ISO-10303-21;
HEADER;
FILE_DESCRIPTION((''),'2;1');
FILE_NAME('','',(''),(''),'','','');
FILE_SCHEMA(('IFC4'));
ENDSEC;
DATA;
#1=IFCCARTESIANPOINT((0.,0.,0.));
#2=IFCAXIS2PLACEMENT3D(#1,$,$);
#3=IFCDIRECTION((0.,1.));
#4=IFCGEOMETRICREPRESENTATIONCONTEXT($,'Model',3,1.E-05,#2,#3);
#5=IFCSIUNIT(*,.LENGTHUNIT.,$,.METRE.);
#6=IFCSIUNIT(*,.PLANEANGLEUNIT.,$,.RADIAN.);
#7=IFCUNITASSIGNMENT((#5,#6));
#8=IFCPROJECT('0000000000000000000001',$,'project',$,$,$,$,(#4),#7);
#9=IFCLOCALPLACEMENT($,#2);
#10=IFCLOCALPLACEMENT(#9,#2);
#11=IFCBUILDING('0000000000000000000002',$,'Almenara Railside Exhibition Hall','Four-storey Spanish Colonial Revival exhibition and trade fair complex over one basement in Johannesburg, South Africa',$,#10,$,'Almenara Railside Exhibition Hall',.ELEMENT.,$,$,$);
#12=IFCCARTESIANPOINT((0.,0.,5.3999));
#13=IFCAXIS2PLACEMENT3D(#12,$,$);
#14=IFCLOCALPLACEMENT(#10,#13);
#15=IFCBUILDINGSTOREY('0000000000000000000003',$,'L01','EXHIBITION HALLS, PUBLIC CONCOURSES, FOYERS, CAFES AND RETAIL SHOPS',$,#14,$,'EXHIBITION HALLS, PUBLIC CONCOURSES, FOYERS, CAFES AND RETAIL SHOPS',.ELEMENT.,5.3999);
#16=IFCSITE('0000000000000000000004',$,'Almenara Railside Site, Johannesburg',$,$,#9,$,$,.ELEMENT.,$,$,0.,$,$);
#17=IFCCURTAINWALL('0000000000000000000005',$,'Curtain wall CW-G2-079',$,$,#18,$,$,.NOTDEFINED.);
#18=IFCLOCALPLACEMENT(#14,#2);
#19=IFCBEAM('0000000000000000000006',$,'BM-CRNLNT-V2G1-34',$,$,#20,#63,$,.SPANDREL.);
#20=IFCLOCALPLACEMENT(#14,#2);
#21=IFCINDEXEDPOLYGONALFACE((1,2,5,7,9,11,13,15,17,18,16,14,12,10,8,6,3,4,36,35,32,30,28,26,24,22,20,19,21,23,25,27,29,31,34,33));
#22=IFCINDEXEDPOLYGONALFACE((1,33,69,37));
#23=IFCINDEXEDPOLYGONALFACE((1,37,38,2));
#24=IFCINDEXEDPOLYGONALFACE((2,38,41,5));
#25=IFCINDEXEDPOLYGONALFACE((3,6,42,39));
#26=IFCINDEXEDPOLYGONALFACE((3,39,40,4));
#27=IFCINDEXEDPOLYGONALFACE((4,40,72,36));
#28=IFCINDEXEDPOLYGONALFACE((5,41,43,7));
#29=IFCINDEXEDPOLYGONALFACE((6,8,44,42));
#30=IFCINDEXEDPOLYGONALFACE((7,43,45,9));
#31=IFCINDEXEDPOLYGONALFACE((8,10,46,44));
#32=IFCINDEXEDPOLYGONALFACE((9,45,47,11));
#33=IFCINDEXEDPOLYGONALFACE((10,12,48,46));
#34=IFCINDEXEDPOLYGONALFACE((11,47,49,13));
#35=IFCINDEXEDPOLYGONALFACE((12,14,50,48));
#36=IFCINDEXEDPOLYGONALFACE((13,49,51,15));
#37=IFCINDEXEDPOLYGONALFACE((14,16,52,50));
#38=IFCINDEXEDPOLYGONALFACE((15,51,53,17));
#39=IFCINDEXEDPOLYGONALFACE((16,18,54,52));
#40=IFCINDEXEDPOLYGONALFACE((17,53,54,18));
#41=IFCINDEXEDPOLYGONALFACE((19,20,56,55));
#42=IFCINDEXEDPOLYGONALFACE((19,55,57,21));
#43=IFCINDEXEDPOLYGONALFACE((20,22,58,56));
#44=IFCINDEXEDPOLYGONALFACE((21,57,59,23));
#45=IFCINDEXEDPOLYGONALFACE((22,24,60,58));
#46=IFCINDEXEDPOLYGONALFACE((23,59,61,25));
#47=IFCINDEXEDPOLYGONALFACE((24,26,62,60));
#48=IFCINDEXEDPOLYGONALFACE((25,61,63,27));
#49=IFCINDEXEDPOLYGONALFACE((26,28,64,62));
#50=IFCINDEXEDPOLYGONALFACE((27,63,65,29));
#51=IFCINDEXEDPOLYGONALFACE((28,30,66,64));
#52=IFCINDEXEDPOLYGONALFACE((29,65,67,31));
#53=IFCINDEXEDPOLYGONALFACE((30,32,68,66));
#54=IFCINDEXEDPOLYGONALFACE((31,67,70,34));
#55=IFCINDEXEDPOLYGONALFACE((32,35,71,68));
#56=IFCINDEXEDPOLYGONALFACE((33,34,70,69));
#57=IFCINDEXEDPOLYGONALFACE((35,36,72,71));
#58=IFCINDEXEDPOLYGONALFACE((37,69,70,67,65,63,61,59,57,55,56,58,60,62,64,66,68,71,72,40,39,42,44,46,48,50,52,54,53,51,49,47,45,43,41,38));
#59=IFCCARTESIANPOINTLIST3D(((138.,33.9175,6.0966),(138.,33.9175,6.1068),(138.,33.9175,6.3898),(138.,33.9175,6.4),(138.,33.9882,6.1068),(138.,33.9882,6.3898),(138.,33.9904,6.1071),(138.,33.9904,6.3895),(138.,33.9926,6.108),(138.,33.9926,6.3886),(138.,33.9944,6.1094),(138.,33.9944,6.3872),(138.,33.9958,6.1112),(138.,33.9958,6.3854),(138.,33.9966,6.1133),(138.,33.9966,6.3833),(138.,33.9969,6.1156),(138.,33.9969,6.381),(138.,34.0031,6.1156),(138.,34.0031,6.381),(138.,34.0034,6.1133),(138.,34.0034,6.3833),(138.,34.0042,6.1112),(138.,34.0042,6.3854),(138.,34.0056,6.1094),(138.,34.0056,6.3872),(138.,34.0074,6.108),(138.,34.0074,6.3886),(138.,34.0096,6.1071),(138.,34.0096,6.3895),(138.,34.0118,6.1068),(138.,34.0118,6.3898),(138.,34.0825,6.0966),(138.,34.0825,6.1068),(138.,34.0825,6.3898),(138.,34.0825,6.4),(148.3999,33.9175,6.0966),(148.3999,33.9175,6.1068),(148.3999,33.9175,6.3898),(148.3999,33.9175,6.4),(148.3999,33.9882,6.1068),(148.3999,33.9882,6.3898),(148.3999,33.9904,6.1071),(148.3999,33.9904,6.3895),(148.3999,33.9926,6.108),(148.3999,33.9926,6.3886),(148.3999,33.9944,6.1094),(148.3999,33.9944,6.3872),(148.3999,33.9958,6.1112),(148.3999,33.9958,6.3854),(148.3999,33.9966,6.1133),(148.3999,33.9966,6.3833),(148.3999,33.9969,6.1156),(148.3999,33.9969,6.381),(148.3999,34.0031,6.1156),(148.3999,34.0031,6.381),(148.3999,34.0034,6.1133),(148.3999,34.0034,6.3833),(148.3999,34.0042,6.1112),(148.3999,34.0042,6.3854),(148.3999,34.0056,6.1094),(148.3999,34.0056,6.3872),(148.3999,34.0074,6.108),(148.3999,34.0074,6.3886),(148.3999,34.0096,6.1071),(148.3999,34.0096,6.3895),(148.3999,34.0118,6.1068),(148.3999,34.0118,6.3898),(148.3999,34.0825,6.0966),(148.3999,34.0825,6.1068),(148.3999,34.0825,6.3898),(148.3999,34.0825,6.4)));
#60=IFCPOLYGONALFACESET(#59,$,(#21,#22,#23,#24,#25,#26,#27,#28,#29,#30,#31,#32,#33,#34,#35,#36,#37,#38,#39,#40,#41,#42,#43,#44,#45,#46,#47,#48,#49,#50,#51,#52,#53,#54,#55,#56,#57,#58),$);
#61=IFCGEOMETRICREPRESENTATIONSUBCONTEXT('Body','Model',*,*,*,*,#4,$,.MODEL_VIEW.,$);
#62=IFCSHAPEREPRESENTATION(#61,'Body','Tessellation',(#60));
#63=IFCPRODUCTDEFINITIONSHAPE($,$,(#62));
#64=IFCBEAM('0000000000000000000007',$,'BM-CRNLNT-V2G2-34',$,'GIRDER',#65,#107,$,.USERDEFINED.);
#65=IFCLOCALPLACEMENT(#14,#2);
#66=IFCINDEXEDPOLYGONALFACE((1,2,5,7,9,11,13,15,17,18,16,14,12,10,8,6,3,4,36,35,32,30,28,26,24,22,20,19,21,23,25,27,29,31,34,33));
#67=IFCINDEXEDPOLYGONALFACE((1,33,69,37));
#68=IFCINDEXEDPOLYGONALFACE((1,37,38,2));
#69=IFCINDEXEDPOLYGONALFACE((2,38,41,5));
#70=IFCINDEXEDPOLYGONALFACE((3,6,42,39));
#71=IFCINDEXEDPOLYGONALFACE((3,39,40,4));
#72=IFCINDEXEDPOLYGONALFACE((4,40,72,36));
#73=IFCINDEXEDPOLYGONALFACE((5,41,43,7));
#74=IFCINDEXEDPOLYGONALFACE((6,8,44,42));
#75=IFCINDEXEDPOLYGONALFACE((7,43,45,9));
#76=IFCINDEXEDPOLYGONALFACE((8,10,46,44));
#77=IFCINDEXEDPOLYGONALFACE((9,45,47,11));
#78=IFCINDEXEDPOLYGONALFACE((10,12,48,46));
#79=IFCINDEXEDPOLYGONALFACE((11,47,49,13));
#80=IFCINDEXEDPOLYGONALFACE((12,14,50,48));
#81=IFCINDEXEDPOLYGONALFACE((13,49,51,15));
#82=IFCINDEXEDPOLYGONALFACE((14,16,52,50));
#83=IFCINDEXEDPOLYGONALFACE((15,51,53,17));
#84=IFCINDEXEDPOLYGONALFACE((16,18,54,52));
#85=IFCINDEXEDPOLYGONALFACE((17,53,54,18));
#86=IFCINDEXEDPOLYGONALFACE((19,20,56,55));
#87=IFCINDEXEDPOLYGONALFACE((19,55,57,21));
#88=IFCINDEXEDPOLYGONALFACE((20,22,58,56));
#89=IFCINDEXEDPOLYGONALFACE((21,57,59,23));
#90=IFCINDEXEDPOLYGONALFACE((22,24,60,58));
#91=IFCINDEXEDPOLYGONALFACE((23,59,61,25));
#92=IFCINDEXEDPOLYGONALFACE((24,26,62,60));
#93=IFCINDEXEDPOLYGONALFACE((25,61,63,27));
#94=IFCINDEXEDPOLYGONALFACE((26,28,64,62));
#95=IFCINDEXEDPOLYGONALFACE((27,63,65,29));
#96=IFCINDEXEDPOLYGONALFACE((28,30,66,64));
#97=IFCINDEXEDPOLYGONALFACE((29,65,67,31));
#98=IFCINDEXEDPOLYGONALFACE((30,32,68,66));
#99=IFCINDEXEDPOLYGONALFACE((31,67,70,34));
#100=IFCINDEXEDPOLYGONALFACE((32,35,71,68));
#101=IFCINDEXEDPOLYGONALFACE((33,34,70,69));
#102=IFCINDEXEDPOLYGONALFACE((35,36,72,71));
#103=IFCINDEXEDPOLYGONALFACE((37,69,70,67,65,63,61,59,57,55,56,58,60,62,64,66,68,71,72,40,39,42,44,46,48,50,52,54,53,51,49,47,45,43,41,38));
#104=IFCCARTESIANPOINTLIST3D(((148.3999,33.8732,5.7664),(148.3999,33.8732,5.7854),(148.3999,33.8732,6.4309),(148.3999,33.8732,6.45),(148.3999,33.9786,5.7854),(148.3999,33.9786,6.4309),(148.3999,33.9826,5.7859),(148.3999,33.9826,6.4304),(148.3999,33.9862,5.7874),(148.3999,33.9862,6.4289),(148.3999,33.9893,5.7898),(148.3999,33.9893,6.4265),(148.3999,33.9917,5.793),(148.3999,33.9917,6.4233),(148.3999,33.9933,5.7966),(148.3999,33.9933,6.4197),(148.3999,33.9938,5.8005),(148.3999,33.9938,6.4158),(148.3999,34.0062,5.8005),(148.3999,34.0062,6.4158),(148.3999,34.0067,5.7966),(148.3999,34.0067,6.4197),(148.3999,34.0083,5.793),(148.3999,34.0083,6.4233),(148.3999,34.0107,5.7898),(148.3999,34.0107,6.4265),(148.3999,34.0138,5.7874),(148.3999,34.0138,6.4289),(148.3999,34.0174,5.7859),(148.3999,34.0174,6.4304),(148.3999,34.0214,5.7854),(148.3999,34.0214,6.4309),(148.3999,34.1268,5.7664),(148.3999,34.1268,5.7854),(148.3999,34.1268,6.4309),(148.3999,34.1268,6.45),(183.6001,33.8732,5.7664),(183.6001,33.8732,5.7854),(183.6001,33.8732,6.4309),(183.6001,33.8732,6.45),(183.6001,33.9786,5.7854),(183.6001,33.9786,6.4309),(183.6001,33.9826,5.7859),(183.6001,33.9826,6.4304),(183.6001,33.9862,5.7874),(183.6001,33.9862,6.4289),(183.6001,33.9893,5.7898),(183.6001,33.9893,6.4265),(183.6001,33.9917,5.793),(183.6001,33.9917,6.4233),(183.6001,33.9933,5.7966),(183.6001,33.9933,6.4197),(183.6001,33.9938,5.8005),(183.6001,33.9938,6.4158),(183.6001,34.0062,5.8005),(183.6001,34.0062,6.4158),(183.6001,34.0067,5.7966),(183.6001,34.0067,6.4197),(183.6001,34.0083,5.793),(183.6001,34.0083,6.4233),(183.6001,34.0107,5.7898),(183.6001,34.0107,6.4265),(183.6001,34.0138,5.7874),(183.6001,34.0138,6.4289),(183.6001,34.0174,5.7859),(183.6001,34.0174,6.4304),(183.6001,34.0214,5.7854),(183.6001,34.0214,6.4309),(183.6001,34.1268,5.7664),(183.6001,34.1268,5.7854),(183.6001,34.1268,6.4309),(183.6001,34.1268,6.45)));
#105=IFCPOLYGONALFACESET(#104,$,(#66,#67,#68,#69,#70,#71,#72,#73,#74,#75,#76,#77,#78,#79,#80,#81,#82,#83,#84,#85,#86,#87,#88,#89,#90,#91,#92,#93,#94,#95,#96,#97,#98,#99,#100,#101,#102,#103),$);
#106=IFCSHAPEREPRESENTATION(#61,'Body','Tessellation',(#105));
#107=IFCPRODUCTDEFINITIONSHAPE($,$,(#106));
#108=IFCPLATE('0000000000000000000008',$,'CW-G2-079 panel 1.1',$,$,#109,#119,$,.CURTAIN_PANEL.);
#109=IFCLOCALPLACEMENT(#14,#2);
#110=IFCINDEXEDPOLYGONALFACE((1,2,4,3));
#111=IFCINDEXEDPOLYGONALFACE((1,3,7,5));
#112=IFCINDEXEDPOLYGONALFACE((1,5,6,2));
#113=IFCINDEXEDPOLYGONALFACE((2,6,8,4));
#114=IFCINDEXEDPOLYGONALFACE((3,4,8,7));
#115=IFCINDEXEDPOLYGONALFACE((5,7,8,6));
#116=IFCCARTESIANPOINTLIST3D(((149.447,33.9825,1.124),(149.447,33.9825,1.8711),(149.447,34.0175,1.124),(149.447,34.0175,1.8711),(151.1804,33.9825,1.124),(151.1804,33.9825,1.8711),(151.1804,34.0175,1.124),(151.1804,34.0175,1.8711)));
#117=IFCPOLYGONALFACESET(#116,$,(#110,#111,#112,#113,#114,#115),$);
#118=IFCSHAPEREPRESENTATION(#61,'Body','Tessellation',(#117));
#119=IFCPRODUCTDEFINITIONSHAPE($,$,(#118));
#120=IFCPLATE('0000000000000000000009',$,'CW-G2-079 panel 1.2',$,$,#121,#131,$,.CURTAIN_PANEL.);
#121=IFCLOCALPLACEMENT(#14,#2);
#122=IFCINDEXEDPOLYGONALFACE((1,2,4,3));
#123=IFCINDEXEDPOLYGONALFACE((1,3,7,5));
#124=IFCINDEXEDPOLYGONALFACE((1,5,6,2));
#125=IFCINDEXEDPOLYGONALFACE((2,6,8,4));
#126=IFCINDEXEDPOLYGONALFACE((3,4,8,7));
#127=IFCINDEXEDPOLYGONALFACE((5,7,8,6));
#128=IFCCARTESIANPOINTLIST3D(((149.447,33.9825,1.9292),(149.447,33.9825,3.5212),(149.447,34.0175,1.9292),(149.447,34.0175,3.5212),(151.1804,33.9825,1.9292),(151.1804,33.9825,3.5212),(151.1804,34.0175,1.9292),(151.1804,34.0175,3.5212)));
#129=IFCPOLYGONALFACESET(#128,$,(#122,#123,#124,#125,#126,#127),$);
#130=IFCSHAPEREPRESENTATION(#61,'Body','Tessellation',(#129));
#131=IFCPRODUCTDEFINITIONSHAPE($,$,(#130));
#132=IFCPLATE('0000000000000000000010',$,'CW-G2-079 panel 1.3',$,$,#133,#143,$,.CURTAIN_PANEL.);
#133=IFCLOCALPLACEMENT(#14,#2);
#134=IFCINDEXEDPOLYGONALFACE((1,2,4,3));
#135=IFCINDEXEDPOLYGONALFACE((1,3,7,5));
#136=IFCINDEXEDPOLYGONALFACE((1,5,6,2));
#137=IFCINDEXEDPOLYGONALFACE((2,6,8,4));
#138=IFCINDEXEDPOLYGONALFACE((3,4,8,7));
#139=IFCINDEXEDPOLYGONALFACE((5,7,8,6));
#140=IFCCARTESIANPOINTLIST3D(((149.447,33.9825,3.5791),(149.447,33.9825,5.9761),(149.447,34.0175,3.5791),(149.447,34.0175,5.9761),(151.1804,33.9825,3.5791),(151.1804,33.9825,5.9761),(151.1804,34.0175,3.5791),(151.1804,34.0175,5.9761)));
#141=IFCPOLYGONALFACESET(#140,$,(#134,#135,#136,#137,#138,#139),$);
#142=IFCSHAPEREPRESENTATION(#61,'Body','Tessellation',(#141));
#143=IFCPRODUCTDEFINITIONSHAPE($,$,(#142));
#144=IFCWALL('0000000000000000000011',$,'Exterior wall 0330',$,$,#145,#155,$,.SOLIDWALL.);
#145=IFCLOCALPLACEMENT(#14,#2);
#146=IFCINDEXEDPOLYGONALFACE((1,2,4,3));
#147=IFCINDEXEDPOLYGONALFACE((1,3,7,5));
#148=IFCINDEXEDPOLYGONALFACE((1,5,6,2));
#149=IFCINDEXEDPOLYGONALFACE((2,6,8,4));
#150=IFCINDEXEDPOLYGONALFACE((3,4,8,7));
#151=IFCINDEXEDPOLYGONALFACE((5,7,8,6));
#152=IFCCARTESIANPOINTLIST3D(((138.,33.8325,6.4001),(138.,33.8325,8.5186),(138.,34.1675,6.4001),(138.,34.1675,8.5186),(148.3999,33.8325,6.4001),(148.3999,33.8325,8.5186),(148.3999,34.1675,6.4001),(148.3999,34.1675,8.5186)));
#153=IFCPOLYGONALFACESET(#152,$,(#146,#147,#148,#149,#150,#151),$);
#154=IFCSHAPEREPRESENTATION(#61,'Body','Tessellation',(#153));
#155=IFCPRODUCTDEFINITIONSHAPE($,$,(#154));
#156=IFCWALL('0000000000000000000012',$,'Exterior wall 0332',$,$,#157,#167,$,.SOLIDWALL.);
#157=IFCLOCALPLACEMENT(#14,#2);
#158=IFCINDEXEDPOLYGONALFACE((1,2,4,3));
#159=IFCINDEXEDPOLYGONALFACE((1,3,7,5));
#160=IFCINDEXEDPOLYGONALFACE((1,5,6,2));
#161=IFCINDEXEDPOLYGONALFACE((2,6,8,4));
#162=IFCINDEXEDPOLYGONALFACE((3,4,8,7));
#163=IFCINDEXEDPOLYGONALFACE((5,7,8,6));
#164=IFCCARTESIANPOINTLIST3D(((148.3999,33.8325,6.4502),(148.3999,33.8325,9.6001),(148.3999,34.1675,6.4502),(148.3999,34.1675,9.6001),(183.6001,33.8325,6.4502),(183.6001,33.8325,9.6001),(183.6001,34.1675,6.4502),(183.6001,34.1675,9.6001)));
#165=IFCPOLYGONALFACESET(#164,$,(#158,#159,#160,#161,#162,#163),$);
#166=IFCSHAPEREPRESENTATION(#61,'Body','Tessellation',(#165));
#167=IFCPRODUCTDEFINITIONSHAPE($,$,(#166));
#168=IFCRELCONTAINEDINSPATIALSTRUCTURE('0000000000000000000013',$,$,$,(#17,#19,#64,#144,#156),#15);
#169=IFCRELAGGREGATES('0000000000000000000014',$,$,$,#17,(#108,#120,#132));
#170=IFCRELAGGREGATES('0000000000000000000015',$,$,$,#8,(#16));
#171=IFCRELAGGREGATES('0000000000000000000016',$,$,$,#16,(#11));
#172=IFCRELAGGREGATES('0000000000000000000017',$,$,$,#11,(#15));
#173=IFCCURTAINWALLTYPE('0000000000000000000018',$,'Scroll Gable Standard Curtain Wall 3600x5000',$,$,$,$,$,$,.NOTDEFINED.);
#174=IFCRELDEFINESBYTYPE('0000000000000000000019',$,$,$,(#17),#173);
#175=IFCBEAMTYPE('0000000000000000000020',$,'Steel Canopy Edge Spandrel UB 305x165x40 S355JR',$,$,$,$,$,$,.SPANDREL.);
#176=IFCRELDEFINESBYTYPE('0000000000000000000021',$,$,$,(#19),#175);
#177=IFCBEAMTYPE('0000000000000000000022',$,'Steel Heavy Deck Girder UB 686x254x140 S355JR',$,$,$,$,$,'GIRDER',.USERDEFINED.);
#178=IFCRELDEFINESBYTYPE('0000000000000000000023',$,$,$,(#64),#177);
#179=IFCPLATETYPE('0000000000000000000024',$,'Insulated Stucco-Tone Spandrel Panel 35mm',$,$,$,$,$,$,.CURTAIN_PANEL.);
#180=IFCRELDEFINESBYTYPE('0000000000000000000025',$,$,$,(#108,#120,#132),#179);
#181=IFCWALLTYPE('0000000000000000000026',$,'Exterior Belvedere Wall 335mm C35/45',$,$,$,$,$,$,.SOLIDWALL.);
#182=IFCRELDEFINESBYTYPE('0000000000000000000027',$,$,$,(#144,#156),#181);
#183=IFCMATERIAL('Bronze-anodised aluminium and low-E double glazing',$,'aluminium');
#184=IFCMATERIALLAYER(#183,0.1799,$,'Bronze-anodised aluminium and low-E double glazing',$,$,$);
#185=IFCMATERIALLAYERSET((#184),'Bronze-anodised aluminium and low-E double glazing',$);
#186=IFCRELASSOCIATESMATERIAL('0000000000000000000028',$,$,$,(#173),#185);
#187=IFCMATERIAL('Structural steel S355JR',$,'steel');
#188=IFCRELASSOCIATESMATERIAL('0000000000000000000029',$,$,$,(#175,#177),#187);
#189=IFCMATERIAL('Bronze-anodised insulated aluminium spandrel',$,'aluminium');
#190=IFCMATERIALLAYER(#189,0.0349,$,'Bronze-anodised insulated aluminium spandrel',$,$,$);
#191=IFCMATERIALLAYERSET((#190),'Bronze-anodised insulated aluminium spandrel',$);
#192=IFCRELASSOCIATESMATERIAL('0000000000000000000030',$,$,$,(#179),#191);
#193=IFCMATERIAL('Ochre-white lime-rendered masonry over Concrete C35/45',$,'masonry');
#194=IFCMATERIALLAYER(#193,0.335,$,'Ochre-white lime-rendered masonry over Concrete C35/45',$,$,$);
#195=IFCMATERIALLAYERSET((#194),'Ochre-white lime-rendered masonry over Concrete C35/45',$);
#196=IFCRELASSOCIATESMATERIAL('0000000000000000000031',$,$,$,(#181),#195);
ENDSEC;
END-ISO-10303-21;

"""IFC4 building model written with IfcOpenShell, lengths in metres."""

from ifc_helpers import new_model, si_unit, direction, frame, frame_2d, origin, origin_2d, place, context, subcontext, project, spatial, rectangle, i_section, extrude, material, layer, layer_set, material_profile, profile_set, type_object, element, aggregate, save


model = new_model("IFC4")

# Units and contexts
model_context = context("Model", 3, precision=1e-05, world=origin(), true_north=direction((0.0, 1.0)))
body_context = subcontext(model_context, "Body", "Model", "MODEL_VIEW")
ifc_project = project(units=[si_unit("LENGTHUNIT", "METRE"), si_unit("PLANEANGLEUNIT", "RADIAN")], contexts=[model_context])

# Site, building, storey
site_placement = place(None, origin())
site = spatial("IfcSite", under=ifc_project, at=site_placement, Name="Almenara Railside Site, Johannesburg", CompositionType="ELEMENT", RefElevation=0.0)
building_placement = place(site_placement, origin())
building = spatial("IfcBuilding", under=site, at=building_placement, Name="Almenara Railside Exhibition Hall", Description="Four-storey Spanish Colonial Revival exhibition and trade fair complex over one basement in Johannesburg, South Africa", LongName="Almenara Railside Exhibition Hall", CompositionType="ELEMENT")
storey_placement = place(building_placement, frame((0.0, 0.0, 5.3999)))
storey = spatial("IfcBuildingStorey", under=building, at=storey_placement, Name="L01", Description="EXHIBITION HALLS, PUBLIC CONCOURSES, FOYERS, CAFES AND RETAIL SHOPS", LongName="EXHIBITION HALLS, PUBLIC CONCOURSES, FOYERS, CAFES AND RETAIL SHOPS", CompositionType="ELEMENT", Elevation=5.3999)

# Shared definitions
ifc_material_1 = material(Name="Structural steel S355JR", Category="steel")

# Curtain wall
ifc_material_2 = material(Name="Bronze-anodised aluminium and low-E double glazing", Category="aluminium")
ifc_layer_1 = layer(ifc_material_2, 0.1799, Name="Bronze-anodised aluminium and low-E double glazing")
ifc_layer_set_1 = layer_set([ifc_layer_1], Name="Bronze-anodised aluminium and low-E double glazing")
curtain_wall_type = type_object("IfcCurtainWallType", Name="Scroll Gable Standard Curtain Wall 3600x5000", PredefinedType="NOTDEFINED", material=ifc_layer_set_1)
curtain_wall_placement = place(storey_placement, origin())
curtain_wall = element("IfcCurtainWall", 1, at=curtain_wall_placement, inside=storey, type_object=curtain_wall_type, Name="Curtain wall CW-G2-079", PredefinedType="NOTDEFINED")

# Beams
ifc_material_profile_1 = material_profile(ifc_material_1, i_section(OverallWidth=0.165, OverallDepth=0.3035, WebThickness=0.0061, FlangeThickness=0.0103, FilletRadius=0.0088, at=origin_2d()), Name="UB 305x165x40")
ifc_profile_set_1 = profile_set([ifc_material_profile_1], Name="Structural steel S355JR")
beam_type_1 = type_object("IfcBeamType", Name="Steel Canopy Edge Spandrel UB 305x165x40 S355JR", PredefinedType="SPANDREL", material=ifc_profile_set_1)
beam_1_placement = place(storey_placement, frame((138.0, 34.0, 6.2483), z_axis=(1.0, 0.0, 0.0), x_axis=(0.0, 1.0, 0.0)))
element("IfcBeam", 2, at=beam_1_placement, inside=storey, type_object=beam_type_1, Name="BM-CRNLNT-V2G1-34", PredefinedType="SPANDREL", context=body_context, shape_type="SweptSolid", body=[
    extrude(i_section(OverallWidth=0.165, OverallDepth=0.3035, WebThickness=0.0061, FlangeThickness=0.0103, FilletRadius=0.0088, at=origin_2d()), origin(), (0.0, 0.0, 1.0), 10.3999),
])
ifc_material_profile_2 = material_profile(ifc_material_1, i_section(OverallWidth=0.2537, OverallDepth=0.6836, WebThickness=0.0125, FlangeThickness=0.019, FilletRadius=0.0151, at=origin_2d()), Name="UB 686x254x140")
ifc_profile_set_2 = profile_set([ifc_material_profile_2], Name="Structural steel S355JR")
beam_type_2 = type_object("IfcBeamType", Name="Steel Heavy Deck Girder UB 686x254x140 S355JR", ElementType="GIRDER", PredefinedType="USERDEFINED", material=ifc_profile_set_2)
beam_2_placement = place(storey_placement, frame((148.3999, 34.0, 6.1082), z_axis=(1.0, 0.0, 0.0), x_axis=(0.0, 1.0, 0.0)))
element("IfcBeam", 3, at=beam_2_placement, inside=storey, type_object=beam_type_2, Name="BM-CRNLNT-V2G2-34", ObjectType="GIRDER", PredefinedType="USERDEFINED", context=body_context, shape_type="SweptSolid", body=[
    extrude(i_section(OverallWidth=0.2537, OverallDepth=0.6836, WebThickness=0.0125, FlangeThickness=0.019, FilletRadius=0.0151, at=origin_2d()), origin(), (0.0, 0.0, 1.0), 35.2002),
])

# Plates
ifc_material_3 = material(Name="Bronze-anodised insulated aluminium spandrel", Category="aluminium")
ifc_layer_2 = layer(ifc_material_3, 0.0349, Name="Bronze-anodised insulated aluminium spandrel")
ifc_layer_set_2 = layer_set([ifc_layer_2], Name="Bronze-anodised insulated aluminium spandrel")
plate_type = type_object("IfcPlateType", Name="Insulated Stucco-Tone Spandrel Panel 35mm", PredefinedType="CURTAIN_PANEL", material=ifc_layer_set_2)
plate_1_placement = place(storey_placement, frame((150.3137, 34.0, 1.124), z_axis=(0.0, 0.0, 1.0), x_axis=(1.0, 0.0, 0.0)))
plate_1 = element("IfcPlate", 4, at=plate_1_placement, type_object=plate_type, Name="CW-G2-079 panel 1.1", PredefinedType="CURTAIN_PANEL", context=body_context, shape_type="SweptSolid", body=[
    extrude(rectangle(XDim=1.7334, YDim=0.0349, at=origin_2d()), origin(), (0.0, 0.0, 1.0), 0.7471),
])
plate_2_placement = place(storey_placement, frame((150.3137, 34.0, 1.9292), z_axis=(0.0, 0.0, 1.0), x_axis=(1.0, 0.0, 0.0)))
plate_2 = element("IfcPlate", 5, at=plate_2_placement, type_object=plate_type, Name="CW-G2-079 panel 1.2", PredefinedType="CURTAIN_PANEL", context=body_context, shape_type="SweptSolid", body=[
    extrude(rectangle(XDim=1.7334, YDim=0.0349, at=origin_2d()), origin(), (0.0, 0.0, 1.0), 1.592),
])
plate_3_placement = place(storey_placement, frame((150.3137, 34.0, 3.5791), z_axis=(0.0, 0.0, 1.0), x_axis=(1.0, 0.0, 0.0)))
plate_3 = element("IfcPlate", 6, at=plate_3_placement, type_object=plate_type, Name="CW-G2-079 panel 1.3", PredefinedType="CURTAIN_PANEL", context=body_context, shape_type="SweptSolid", body=[
    extrude(rectangle(XDim=1.7334, YDim=0.0349, at=origin_2d()), origin(), (0.0, 0.0, 1.0), 2.397),
])
aggregate(curtain_wall, [plate_1, plate_2, plate_3])

# Walls
ifc_material_4 = material(Name="Ochre-white lime-rendered masonry over Concrete C35/45", Category="masonry")
ifc_layer_3 = layer(ifc_material_4, 0.335, Name="Ochre-white lime-rendered masonry over Concrete C35/45")
ifc_layer_set_3 = layer_set([ifc_layer_3], Name="Ochre-white lime-rendered masonry over Concrete C35/45")
wall_type_1 = type_object("IfcWallType", Name="Exterior Belvedere Wall 335mm C35/45", PredefinedType="SOLIDWALL", material=ifc_layer_set_3)
wall_1_placement = place(storey_placement, frame((138.0, 34.0, 6.4001), z_axis=(0.0, 0.0, 1.0), x_axis=(1.0, 0.0, 0.0)))
element("IfcWall", 7, at=wall_1_placement, inside=storey, type_object=wall_type_1, Name="Exterior wall 0330", PredefinedType="SOLIDWALL", context=body_context, shape_type="SweptSolid", body=[
    extrude(rectangle(XDim=10.3999, YDim=0.335, at=frame_2d((5.2, 0.0))), origin(), (0.0, 0.0, 1.0), 2.1184),
])
wall_2_placement = place(storey_placement, frame((148.3999, 34.0, 6.4502), z_axis=(0.0, 0.0, 1.0), x_axis=(1.0, 0.0, 0.0)))
element("IfcWall", 8, at=wall_2_placement, inside=storey, type_object=wall_type_1, Name="Exterior wall 0332", PredefinedType="SOLIDWALL", context=body_context, shape_type="SweptSolid", body=[
    extrude(rectangle(XDim=35.2002, YDim=0.335, at=frame_2d((17.6001, 0.0))), origin(), (0.0, 0.0, 1.0), 3.1499),
])

save(model, "model.ifc")
